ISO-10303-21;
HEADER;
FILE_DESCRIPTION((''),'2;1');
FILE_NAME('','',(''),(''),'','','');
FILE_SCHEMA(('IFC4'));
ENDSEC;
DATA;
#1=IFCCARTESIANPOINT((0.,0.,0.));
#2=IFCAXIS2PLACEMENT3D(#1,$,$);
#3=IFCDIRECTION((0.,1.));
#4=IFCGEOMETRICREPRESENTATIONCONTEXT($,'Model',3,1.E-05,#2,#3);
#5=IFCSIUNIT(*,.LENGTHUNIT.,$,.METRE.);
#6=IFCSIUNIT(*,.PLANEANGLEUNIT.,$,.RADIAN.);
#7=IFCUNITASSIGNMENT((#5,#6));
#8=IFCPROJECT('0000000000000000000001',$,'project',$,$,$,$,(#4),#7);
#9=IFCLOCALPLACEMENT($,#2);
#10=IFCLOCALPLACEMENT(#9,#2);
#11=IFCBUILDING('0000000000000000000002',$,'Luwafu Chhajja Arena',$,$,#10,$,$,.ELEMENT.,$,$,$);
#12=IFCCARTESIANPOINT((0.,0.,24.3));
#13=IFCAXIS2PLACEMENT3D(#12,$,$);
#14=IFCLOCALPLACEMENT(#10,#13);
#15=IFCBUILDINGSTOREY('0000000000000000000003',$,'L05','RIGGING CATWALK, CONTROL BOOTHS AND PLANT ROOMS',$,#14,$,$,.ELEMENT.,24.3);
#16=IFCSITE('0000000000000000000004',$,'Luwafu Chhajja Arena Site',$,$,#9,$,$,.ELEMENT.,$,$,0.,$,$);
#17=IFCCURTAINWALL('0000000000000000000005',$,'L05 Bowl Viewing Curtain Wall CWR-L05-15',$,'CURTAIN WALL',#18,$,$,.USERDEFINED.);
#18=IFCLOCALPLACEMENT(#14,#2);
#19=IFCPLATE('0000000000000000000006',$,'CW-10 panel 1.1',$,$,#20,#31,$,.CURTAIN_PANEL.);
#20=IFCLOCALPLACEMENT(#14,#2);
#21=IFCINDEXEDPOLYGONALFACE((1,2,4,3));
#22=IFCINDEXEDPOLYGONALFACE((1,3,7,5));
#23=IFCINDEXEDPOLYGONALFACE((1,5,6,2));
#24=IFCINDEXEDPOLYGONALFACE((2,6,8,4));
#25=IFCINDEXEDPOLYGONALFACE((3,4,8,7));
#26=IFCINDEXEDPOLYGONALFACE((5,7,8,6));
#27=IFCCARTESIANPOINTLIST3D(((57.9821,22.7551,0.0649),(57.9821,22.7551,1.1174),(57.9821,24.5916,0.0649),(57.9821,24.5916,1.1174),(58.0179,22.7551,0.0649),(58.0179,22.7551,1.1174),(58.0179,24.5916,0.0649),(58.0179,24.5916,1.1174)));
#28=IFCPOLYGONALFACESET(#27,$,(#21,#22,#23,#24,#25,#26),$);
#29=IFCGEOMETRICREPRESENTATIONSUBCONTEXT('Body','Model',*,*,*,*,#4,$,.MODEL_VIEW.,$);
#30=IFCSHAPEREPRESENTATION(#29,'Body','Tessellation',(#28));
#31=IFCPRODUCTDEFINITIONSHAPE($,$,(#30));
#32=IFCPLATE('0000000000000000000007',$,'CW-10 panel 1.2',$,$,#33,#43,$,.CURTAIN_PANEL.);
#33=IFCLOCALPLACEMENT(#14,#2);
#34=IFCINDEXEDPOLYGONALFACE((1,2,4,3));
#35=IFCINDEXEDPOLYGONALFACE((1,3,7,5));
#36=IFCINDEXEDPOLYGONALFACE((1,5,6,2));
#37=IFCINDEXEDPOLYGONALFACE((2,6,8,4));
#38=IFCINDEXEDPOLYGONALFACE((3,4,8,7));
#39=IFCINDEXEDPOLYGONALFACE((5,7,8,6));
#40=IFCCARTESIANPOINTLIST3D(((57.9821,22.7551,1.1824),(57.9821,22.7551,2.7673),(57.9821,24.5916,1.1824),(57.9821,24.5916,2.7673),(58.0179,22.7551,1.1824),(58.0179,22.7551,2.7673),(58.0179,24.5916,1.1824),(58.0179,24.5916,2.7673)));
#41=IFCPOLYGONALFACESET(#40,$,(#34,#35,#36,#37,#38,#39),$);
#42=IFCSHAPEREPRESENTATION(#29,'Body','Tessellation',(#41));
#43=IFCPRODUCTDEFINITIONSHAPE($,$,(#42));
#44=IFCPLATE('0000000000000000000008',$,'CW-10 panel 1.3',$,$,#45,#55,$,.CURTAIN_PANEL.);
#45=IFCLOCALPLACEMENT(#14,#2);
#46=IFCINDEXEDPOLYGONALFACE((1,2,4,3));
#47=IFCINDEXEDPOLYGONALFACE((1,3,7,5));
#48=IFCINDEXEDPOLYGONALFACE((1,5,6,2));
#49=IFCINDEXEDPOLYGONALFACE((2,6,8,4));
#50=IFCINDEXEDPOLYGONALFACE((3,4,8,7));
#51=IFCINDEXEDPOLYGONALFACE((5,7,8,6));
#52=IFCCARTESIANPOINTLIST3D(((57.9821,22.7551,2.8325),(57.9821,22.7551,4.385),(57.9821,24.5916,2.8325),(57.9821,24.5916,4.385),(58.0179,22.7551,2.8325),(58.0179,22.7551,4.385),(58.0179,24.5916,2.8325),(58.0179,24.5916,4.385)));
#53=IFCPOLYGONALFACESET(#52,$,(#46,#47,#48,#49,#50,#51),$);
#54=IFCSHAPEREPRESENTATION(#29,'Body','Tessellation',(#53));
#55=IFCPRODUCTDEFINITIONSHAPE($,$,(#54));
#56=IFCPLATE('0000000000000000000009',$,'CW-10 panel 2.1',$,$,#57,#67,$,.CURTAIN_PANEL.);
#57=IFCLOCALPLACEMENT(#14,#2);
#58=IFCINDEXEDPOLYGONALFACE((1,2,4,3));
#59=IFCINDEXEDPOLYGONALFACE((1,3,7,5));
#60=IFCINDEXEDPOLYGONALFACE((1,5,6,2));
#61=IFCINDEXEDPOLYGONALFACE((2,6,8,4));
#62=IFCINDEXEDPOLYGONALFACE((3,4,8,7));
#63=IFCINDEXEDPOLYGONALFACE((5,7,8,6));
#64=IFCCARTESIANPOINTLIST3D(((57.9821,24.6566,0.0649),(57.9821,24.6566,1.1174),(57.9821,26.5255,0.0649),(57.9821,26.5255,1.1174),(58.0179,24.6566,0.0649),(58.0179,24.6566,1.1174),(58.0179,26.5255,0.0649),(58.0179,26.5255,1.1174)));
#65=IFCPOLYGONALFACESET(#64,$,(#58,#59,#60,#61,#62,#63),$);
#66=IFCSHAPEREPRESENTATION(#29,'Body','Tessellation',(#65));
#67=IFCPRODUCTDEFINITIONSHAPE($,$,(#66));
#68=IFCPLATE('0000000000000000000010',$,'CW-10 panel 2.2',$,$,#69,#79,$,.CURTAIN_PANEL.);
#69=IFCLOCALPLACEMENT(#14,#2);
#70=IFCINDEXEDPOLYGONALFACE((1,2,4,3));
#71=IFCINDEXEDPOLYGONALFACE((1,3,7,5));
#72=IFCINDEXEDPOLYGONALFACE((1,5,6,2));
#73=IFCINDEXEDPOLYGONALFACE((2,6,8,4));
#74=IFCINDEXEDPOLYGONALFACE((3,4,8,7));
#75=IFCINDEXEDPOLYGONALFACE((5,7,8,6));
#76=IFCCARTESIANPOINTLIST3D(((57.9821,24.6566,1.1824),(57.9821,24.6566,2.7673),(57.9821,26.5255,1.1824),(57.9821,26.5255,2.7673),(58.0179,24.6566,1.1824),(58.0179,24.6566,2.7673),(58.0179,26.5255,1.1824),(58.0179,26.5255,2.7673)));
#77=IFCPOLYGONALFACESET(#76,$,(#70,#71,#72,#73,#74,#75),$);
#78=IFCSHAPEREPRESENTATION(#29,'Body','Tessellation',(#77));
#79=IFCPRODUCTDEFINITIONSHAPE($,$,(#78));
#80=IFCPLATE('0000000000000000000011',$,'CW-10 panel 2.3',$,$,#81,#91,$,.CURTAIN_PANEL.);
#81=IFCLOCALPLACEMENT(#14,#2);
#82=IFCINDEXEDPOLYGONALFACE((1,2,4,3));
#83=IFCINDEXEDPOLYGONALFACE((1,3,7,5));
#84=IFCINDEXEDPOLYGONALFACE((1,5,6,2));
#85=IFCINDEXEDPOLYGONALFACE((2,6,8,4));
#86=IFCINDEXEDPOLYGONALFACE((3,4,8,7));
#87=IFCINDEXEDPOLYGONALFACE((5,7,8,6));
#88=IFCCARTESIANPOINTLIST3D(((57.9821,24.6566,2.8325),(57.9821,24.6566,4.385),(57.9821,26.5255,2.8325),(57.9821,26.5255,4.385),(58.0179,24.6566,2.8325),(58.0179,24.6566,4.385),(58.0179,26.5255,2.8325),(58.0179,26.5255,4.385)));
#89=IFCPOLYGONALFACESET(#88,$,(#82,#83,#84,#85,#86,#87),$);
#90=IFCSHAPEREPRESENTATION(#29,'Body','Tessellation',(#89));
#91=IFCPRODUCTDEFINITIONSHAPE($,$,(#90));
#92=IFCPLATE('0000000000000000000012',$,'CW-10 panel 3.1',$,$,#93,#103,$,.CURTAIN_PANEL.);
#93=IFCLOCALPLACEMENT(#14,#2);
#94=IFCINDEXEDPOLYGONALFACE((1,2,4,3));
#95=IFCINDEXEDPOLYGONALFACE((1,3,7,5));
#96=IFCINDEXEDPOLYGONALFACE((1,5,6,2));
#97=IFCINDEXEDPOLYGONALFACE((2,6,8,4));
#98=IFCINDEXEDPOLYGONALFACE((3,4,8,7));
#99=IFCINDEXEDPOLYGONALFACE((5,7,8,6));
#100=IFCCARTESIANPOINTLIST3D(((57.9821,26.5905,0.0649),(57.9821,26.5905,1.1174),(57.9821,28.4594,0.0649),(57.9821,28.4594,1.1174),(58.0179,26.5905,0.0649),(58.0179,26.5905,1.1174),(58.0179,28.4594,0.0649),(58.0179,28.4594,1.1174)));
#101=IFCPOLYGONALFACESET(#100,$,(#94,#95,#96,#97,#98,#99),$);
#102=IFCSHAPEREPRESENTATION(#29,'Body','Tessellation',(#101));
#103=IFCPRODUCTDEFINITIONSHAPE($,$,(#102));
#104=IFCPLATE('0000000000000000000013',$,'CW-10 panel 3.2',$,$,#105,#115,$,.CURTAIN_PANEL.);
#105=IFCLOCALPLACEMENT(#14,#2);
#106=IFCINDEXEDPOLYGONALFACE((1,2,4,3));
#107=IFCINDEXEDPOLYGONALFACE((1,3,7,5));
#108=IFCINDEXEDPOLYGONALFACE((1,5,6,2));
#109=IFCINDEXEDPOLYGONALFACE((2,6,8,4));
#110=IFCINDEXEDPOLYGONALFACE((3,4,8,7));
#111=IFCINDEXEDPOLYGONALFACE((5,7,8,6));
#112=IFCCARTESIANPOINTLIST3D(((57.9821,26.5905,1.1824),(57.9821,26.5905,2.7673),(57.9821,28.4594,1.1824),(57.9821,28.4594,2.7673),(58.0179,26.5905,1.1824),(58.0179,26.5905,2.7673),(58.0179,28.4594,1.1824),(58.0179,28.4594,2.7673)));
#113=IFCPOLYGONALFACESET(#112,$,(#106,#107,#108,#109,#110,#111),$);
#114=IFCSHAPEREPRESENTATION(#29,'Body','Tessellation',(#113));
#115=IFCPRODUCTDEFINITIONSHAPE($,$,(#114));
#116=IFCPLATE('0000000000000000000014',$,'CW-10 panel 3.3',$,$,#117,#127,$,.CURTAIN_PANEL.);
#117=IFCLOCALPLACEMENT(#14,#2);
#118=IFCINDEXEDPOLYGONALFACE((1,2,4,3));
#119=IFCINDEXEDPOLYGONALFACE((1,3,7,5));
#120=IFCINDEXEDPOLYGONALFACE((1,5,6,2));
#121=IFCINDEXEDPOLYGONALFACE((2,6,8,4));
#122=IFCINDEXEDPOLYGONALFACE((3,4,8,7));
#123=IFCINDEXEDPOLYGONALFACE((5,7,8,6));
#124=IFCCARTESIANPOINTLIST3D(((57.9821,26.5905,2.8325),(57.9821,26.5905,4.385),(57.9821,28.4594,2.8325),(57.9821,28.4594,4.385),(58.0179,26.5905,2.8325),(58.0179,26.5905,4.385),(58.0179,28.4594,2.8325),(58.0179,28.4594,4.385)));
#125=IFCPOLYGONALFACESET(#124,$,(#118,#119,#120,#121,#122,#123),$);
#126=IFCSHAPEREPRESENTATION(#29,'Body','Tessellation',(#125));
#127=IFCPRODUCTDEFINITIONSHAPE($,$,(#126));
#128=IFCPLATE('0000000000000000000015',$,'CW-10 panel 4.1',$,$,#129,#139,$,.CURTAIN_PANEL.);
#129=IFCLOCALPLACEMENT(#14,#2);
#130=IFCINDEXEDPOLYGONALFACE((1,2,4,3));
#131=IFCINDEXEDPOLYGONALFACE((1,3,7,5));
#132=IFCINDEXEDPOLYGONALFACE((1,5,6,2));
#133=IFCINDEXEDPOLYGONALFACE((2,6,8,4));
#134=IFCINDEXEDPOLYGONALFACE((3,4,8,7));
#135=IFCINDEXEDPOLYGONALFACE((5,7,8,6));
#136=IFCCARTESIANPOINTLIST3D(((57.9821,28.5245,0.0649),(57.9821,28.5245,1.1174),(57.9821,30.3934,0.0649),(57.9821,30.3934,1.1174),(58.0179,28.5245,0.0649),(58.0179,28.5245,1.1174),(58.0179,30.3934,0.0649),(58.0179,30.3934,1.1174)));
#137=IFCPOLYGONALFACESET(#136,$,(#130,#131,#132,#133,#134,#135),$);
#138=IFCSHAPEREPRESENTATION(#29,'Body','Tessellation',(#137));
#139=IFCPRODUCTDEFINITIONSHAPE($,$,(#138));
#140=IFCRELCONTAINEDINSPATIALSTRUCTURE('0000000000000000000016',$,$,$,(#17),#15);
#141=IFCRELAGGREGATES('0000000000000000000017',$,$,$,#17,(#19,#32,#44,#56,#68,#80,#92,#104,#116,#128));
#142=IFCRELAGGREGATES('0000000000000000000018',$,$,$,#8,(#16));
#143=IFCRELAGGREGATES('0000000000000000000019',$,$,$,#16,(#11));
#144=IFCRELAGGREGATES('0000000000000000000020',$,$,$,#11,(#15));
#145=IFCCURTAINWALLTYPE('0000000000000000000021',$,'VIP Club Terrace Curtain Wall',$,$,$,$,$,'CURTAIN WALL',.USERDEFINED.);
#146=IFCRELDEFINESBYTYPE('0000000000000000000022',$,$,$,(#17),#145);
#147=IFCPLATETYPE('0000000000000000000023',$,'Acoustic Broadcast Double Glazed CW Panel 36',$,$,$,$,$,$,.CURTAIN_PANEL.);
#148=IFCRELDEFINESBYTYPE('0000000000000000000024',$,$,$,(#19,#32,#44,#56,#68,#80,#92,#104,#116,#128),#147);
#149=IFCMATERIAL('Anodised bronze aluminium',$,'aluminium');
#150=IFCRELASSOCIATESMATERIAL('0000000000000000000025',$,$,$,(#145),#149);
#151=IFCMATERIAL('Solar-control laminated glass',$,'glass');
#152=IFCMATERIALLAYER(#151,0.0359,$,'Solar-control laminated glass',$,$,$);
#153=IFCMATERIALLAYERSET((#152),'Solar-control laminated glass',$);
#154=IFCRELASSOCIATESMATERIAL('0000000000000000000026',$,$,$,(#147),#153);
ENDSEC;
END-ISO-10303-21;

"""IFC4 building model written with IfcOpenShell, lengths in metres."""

from ifc_helpers import new_model, si_unit, direction, frame, origin, origin_2d, place, context, subcontext, project, spatial, rectangle, extrude, material, layer, layer_set, type_object, element, aggregate, save


model = new_model("IFC4")

# Units and contexts
model_context = context("Model", 3, precision=1e-05, world=origin(), true_north=direction((0.0, 1.0)))
body_context = subcontext(model_context, "Body", "Model", "MODEL_VIEW")
ifc_project = project(units=[si_unit("LENGTHUNIT", "METRE"), si_unit("PLANEANGLEUNIT", "RADIAN")], contexts=[model_context])

# Site, building, storey
site_placement = place(None, origin())
site = spatial("IfcSite", under=ifc_project, at=site_placement, Name="Luwafu Chhajja Arena Site", CompositionType="ELEMENT", RefElevation=0.0)
building_placement = place(site_placement, origin())
building = spatial("IfcBuilding", under=site, at=building_placement, Name="Luwafu Chhajja Arena", CompositionType="ELEMENT")
storey_placement = place(building_placement, frame((0.0, 0.0, 24.3)))
storey = spatial("IfcBuildingStorey", under=building, at=storey_placement, Name="L05", Description="RIGGING CATWALK, CONTROL BOOTHS AND PLANT ROOMS", CompositionType="ELEMENT", Elevation=24.3)

# Curtain wall, plates
ifc_material_1 = material(Name="Anodised bronze aluminium", Category="aluminium")
curtain_wall_type = type_object("IfcCurtainWallType", Name="VIP Club Terrace Curtain Wall", ElementType="CURTAIN WALL", PredefinedType="USERDEFINED", material=ifc_material_1)
curtain_wall_placement = place(storey_placement, origin())
curtain_wall = element("IfcCurtainWall", 1, at=curtain_wall_placement, inside=storey, type_object=curtain_wall_type, Name="L05 Bowl Viewing Curtain Wall CWR-L05-15", ObjectType="CURTAIN WALL", PredefinedType="USERDEFINED")
ifc_material_2 = material(Name="Solar-control laminated glass", Category="glass")
ifc_layer = layer(ifc_material_2, 0.0359, Name="Solar-control laminated glass")
ifc_layer_set = layer_set([ifc_layer], Name="Solar-control laminated glass")
plate_type = type_object("IfcPlateType", Name="Acoustic Broadcast Double Glazed CW Panel 36", PredefinedType="CURTAIN_PANEL", material=ifc_layer_set)
plate_1_placement = place(storey_placement, frame((58.0, 23.6733, 0.0649), z_axis=(0.0, 0.0, 1.0), x_axis=(0.0, 1.0, 0.0)))
plate_1 = element("IfcPlate", 2, at=plate_1_placement, type_object=plate_type, Name="CW-10 panel 1.1", PredefinedType="CURTAIN_PANEL", context=body_context, shape_type="SweptSolid", body=[
    extrude(rectangle(XDim=1.8364, YDim=0.0359, at=origin_2d()), origin(), (0.0, 0.0, 1.0), 1.0525),
])
plate_2_placement = place(storey_placement, frame((58.0, 23.6733, 1.1824), z_axis=(0.0, 0.0, 1.0), x_axis=(0.0, 1.0, 0.0)))
plate_2 = element("IfcPlate", 3, at=plate_2_placement, type_object=plate_type, Name="CW-10 panel 1.2", PredefinedType="CURTAIN_PANEL", context=body_context, shape_type="SweptSolid", body=[
    extrude(rectangle(XDim=1.8364, YDim=0.0359, at=origin_2d()), origin(), (0.0, 0.0, 1.0), 1.585),
])
plate_3_placement = place(storey_placement, frame((58.0, 23.6733, 2.8325), z_axis=(0.0, 0.0, 1.0), x_axis=(0.0, 1.0, 0.0)))
plate_3 = element("IfcPlate", 4, at=plate_3_placement, type_object=plate_type, Name="CW-10 panel 1.3", PredefinedType="CURTAIN_PANEL", context=body_context, shape_type="SweptSolid", body=[
    extrude(rectangle(XDim=1.8364, YDim=0.0359, at=origin_2d()), origin(), (0.0, 0.0, 1.0), 1.5525),
])
plate_4_placement = place(storey_placement, frame((58.0, 25.5911, 0.0649), z_axis=(0.0, 0.0, 1.0), x_axis=(0.0, 1.0, 0.0)))
plate_4 = element("IfcPlate", 5, at=plate_4_placement, type_object=plate_type, Name="CW-10 panel 2.1", PredefinedType="CURTAIN_PANEL", context=body_context, shape_type="SweptSolid", body=[
    extrude(rectangle(XDim=1.8689, YDim=0.0359, at=origin_2d()), origin(), (0.0, 0.0, 1.0), 1.0525),
])
plate_5_placement = place(storey_placement, frame((58.0, 25.5911, 1.1824), z_axis=(0.0, 0.0, 1.0), x_axis=(0.0, 1.0, 0.0)))
plate_5 = element("IfcPlate", 6, at=plate_5_placement, type_object=plate_type, Name="CW-10 panel 2.2", PredefinedType="CURTAIN_PANEL", context=body_context, shape_type="SweptSolid", body=[
    extrude(rectangle(XDim=1.8689, YDim=0.0359, at=origin_2d()), origin(), (0.0, 0.0, 1.0), 1.585),
])
plate_6_placement = place(storey_placement, frame((58.0, 25.5911, 2.8325), z_axis=(0.0, 0.0, 1.0), x_axis=(0.0, 1.0, 0.0)))
plate_6 = element("IfcPlate", 7, at=plate_6_placement, type_object=plate_type, Name="CW-10 panel 2.3", PredefinedType="CURTAIN_PANEL", context=body_context, shape_type="SweptSolid", body=[
    extrude(rectangle(XDim=1.8689, YDim=0.0359, at=origin_2d()), origin(), (0.0, 0.0, 1.0), 1.5525),
])
plate_7_placement = place(storey_placement, frame((58.0, 27.5249, 0.0649), z_axis=(0.0, 0.0, 1.0), x_axis=(0.0, 1.0, 0.0)))
plate_7 = element("IfcPlate", 8, at=plate_7_placement, type_object=plate_type, Name="CW-10 panel 3.1", PredefinedType="CURTAIN_PANEL", context=body_context, shape_type="SweptSolid", body=[
    extrude(rectangle(XDim=1.8689, YDim=0.0359, at=origin_2d()), origin(), (0.0, 0.0, 1.0), 1.0525),
])
plate_8_placement = place(storey_placement, frame((58.0, 27.5249, 1.1824), z_axis=(0.0, 0.0, 1.0), x_axis=(0.0, 1.0, 0.0)))
plate_8 = element("IfcPlate", 9, at=plate_8_placement, type_object=plate_type, Name="CW-10 panel 3.2", PredefinedType="CURTAIN_PANEL", context=body_context, shape_type="SweptSolid", body=[
    extrude(rectangle(XDim=1.8689, YDim=0.0359, at=origin_2d()), origin(), (0.0, 0.0, 1.0), 1.585),
])
plate_9_placement = place(storey_placement, frame((58.0, 27.5249, 2.8325), z_axis=(0.0, 0.0, 1.0), x_axis=(0.0, 1.0, 0.0)))
plate_9 = element("IfcPlate", 10, at=plate_9_placement, type_object=plate_type, Name="CW-10 panel 3.3", PredefinedType="CURTAIN_PANEL", context=body_context, shape_type="SweptSolid", body=[
    extrude(rectangle(XDim=1.8689, YDim=0.0359, at=origin_2d()), origin(), (0.0, 0.0, 1.0), 1.5525),
])
plate_10_placement = place(storey_placement, frame((58.0, 29.459, 0.0649), z_axis=(0.0, 0.0, 1.0), x_axis=(0.0, 1.0, 0.0)))
plate_10 = element("IfcPlate", 11, at=plate_10_placement, type_object=plate_type, Name="CW-10 panel 4.1", PredefinedType="CURTAIN_PANEL", context=body_context, shape_type="SweptSolid", body=[
    extrude(rectangle(XDim=1.8689, YDim=0.0359, at=origin_2d()), origin(), (0.0, 0.0, 1.0), 1.0525),
])
aggregate(curtain_wall, [plate_1, plate_2, plate_3, plate_4, plate_5, plate_6, plate_7, plate_8, plate_9, plate_10])

save(model, "model.ifc")
